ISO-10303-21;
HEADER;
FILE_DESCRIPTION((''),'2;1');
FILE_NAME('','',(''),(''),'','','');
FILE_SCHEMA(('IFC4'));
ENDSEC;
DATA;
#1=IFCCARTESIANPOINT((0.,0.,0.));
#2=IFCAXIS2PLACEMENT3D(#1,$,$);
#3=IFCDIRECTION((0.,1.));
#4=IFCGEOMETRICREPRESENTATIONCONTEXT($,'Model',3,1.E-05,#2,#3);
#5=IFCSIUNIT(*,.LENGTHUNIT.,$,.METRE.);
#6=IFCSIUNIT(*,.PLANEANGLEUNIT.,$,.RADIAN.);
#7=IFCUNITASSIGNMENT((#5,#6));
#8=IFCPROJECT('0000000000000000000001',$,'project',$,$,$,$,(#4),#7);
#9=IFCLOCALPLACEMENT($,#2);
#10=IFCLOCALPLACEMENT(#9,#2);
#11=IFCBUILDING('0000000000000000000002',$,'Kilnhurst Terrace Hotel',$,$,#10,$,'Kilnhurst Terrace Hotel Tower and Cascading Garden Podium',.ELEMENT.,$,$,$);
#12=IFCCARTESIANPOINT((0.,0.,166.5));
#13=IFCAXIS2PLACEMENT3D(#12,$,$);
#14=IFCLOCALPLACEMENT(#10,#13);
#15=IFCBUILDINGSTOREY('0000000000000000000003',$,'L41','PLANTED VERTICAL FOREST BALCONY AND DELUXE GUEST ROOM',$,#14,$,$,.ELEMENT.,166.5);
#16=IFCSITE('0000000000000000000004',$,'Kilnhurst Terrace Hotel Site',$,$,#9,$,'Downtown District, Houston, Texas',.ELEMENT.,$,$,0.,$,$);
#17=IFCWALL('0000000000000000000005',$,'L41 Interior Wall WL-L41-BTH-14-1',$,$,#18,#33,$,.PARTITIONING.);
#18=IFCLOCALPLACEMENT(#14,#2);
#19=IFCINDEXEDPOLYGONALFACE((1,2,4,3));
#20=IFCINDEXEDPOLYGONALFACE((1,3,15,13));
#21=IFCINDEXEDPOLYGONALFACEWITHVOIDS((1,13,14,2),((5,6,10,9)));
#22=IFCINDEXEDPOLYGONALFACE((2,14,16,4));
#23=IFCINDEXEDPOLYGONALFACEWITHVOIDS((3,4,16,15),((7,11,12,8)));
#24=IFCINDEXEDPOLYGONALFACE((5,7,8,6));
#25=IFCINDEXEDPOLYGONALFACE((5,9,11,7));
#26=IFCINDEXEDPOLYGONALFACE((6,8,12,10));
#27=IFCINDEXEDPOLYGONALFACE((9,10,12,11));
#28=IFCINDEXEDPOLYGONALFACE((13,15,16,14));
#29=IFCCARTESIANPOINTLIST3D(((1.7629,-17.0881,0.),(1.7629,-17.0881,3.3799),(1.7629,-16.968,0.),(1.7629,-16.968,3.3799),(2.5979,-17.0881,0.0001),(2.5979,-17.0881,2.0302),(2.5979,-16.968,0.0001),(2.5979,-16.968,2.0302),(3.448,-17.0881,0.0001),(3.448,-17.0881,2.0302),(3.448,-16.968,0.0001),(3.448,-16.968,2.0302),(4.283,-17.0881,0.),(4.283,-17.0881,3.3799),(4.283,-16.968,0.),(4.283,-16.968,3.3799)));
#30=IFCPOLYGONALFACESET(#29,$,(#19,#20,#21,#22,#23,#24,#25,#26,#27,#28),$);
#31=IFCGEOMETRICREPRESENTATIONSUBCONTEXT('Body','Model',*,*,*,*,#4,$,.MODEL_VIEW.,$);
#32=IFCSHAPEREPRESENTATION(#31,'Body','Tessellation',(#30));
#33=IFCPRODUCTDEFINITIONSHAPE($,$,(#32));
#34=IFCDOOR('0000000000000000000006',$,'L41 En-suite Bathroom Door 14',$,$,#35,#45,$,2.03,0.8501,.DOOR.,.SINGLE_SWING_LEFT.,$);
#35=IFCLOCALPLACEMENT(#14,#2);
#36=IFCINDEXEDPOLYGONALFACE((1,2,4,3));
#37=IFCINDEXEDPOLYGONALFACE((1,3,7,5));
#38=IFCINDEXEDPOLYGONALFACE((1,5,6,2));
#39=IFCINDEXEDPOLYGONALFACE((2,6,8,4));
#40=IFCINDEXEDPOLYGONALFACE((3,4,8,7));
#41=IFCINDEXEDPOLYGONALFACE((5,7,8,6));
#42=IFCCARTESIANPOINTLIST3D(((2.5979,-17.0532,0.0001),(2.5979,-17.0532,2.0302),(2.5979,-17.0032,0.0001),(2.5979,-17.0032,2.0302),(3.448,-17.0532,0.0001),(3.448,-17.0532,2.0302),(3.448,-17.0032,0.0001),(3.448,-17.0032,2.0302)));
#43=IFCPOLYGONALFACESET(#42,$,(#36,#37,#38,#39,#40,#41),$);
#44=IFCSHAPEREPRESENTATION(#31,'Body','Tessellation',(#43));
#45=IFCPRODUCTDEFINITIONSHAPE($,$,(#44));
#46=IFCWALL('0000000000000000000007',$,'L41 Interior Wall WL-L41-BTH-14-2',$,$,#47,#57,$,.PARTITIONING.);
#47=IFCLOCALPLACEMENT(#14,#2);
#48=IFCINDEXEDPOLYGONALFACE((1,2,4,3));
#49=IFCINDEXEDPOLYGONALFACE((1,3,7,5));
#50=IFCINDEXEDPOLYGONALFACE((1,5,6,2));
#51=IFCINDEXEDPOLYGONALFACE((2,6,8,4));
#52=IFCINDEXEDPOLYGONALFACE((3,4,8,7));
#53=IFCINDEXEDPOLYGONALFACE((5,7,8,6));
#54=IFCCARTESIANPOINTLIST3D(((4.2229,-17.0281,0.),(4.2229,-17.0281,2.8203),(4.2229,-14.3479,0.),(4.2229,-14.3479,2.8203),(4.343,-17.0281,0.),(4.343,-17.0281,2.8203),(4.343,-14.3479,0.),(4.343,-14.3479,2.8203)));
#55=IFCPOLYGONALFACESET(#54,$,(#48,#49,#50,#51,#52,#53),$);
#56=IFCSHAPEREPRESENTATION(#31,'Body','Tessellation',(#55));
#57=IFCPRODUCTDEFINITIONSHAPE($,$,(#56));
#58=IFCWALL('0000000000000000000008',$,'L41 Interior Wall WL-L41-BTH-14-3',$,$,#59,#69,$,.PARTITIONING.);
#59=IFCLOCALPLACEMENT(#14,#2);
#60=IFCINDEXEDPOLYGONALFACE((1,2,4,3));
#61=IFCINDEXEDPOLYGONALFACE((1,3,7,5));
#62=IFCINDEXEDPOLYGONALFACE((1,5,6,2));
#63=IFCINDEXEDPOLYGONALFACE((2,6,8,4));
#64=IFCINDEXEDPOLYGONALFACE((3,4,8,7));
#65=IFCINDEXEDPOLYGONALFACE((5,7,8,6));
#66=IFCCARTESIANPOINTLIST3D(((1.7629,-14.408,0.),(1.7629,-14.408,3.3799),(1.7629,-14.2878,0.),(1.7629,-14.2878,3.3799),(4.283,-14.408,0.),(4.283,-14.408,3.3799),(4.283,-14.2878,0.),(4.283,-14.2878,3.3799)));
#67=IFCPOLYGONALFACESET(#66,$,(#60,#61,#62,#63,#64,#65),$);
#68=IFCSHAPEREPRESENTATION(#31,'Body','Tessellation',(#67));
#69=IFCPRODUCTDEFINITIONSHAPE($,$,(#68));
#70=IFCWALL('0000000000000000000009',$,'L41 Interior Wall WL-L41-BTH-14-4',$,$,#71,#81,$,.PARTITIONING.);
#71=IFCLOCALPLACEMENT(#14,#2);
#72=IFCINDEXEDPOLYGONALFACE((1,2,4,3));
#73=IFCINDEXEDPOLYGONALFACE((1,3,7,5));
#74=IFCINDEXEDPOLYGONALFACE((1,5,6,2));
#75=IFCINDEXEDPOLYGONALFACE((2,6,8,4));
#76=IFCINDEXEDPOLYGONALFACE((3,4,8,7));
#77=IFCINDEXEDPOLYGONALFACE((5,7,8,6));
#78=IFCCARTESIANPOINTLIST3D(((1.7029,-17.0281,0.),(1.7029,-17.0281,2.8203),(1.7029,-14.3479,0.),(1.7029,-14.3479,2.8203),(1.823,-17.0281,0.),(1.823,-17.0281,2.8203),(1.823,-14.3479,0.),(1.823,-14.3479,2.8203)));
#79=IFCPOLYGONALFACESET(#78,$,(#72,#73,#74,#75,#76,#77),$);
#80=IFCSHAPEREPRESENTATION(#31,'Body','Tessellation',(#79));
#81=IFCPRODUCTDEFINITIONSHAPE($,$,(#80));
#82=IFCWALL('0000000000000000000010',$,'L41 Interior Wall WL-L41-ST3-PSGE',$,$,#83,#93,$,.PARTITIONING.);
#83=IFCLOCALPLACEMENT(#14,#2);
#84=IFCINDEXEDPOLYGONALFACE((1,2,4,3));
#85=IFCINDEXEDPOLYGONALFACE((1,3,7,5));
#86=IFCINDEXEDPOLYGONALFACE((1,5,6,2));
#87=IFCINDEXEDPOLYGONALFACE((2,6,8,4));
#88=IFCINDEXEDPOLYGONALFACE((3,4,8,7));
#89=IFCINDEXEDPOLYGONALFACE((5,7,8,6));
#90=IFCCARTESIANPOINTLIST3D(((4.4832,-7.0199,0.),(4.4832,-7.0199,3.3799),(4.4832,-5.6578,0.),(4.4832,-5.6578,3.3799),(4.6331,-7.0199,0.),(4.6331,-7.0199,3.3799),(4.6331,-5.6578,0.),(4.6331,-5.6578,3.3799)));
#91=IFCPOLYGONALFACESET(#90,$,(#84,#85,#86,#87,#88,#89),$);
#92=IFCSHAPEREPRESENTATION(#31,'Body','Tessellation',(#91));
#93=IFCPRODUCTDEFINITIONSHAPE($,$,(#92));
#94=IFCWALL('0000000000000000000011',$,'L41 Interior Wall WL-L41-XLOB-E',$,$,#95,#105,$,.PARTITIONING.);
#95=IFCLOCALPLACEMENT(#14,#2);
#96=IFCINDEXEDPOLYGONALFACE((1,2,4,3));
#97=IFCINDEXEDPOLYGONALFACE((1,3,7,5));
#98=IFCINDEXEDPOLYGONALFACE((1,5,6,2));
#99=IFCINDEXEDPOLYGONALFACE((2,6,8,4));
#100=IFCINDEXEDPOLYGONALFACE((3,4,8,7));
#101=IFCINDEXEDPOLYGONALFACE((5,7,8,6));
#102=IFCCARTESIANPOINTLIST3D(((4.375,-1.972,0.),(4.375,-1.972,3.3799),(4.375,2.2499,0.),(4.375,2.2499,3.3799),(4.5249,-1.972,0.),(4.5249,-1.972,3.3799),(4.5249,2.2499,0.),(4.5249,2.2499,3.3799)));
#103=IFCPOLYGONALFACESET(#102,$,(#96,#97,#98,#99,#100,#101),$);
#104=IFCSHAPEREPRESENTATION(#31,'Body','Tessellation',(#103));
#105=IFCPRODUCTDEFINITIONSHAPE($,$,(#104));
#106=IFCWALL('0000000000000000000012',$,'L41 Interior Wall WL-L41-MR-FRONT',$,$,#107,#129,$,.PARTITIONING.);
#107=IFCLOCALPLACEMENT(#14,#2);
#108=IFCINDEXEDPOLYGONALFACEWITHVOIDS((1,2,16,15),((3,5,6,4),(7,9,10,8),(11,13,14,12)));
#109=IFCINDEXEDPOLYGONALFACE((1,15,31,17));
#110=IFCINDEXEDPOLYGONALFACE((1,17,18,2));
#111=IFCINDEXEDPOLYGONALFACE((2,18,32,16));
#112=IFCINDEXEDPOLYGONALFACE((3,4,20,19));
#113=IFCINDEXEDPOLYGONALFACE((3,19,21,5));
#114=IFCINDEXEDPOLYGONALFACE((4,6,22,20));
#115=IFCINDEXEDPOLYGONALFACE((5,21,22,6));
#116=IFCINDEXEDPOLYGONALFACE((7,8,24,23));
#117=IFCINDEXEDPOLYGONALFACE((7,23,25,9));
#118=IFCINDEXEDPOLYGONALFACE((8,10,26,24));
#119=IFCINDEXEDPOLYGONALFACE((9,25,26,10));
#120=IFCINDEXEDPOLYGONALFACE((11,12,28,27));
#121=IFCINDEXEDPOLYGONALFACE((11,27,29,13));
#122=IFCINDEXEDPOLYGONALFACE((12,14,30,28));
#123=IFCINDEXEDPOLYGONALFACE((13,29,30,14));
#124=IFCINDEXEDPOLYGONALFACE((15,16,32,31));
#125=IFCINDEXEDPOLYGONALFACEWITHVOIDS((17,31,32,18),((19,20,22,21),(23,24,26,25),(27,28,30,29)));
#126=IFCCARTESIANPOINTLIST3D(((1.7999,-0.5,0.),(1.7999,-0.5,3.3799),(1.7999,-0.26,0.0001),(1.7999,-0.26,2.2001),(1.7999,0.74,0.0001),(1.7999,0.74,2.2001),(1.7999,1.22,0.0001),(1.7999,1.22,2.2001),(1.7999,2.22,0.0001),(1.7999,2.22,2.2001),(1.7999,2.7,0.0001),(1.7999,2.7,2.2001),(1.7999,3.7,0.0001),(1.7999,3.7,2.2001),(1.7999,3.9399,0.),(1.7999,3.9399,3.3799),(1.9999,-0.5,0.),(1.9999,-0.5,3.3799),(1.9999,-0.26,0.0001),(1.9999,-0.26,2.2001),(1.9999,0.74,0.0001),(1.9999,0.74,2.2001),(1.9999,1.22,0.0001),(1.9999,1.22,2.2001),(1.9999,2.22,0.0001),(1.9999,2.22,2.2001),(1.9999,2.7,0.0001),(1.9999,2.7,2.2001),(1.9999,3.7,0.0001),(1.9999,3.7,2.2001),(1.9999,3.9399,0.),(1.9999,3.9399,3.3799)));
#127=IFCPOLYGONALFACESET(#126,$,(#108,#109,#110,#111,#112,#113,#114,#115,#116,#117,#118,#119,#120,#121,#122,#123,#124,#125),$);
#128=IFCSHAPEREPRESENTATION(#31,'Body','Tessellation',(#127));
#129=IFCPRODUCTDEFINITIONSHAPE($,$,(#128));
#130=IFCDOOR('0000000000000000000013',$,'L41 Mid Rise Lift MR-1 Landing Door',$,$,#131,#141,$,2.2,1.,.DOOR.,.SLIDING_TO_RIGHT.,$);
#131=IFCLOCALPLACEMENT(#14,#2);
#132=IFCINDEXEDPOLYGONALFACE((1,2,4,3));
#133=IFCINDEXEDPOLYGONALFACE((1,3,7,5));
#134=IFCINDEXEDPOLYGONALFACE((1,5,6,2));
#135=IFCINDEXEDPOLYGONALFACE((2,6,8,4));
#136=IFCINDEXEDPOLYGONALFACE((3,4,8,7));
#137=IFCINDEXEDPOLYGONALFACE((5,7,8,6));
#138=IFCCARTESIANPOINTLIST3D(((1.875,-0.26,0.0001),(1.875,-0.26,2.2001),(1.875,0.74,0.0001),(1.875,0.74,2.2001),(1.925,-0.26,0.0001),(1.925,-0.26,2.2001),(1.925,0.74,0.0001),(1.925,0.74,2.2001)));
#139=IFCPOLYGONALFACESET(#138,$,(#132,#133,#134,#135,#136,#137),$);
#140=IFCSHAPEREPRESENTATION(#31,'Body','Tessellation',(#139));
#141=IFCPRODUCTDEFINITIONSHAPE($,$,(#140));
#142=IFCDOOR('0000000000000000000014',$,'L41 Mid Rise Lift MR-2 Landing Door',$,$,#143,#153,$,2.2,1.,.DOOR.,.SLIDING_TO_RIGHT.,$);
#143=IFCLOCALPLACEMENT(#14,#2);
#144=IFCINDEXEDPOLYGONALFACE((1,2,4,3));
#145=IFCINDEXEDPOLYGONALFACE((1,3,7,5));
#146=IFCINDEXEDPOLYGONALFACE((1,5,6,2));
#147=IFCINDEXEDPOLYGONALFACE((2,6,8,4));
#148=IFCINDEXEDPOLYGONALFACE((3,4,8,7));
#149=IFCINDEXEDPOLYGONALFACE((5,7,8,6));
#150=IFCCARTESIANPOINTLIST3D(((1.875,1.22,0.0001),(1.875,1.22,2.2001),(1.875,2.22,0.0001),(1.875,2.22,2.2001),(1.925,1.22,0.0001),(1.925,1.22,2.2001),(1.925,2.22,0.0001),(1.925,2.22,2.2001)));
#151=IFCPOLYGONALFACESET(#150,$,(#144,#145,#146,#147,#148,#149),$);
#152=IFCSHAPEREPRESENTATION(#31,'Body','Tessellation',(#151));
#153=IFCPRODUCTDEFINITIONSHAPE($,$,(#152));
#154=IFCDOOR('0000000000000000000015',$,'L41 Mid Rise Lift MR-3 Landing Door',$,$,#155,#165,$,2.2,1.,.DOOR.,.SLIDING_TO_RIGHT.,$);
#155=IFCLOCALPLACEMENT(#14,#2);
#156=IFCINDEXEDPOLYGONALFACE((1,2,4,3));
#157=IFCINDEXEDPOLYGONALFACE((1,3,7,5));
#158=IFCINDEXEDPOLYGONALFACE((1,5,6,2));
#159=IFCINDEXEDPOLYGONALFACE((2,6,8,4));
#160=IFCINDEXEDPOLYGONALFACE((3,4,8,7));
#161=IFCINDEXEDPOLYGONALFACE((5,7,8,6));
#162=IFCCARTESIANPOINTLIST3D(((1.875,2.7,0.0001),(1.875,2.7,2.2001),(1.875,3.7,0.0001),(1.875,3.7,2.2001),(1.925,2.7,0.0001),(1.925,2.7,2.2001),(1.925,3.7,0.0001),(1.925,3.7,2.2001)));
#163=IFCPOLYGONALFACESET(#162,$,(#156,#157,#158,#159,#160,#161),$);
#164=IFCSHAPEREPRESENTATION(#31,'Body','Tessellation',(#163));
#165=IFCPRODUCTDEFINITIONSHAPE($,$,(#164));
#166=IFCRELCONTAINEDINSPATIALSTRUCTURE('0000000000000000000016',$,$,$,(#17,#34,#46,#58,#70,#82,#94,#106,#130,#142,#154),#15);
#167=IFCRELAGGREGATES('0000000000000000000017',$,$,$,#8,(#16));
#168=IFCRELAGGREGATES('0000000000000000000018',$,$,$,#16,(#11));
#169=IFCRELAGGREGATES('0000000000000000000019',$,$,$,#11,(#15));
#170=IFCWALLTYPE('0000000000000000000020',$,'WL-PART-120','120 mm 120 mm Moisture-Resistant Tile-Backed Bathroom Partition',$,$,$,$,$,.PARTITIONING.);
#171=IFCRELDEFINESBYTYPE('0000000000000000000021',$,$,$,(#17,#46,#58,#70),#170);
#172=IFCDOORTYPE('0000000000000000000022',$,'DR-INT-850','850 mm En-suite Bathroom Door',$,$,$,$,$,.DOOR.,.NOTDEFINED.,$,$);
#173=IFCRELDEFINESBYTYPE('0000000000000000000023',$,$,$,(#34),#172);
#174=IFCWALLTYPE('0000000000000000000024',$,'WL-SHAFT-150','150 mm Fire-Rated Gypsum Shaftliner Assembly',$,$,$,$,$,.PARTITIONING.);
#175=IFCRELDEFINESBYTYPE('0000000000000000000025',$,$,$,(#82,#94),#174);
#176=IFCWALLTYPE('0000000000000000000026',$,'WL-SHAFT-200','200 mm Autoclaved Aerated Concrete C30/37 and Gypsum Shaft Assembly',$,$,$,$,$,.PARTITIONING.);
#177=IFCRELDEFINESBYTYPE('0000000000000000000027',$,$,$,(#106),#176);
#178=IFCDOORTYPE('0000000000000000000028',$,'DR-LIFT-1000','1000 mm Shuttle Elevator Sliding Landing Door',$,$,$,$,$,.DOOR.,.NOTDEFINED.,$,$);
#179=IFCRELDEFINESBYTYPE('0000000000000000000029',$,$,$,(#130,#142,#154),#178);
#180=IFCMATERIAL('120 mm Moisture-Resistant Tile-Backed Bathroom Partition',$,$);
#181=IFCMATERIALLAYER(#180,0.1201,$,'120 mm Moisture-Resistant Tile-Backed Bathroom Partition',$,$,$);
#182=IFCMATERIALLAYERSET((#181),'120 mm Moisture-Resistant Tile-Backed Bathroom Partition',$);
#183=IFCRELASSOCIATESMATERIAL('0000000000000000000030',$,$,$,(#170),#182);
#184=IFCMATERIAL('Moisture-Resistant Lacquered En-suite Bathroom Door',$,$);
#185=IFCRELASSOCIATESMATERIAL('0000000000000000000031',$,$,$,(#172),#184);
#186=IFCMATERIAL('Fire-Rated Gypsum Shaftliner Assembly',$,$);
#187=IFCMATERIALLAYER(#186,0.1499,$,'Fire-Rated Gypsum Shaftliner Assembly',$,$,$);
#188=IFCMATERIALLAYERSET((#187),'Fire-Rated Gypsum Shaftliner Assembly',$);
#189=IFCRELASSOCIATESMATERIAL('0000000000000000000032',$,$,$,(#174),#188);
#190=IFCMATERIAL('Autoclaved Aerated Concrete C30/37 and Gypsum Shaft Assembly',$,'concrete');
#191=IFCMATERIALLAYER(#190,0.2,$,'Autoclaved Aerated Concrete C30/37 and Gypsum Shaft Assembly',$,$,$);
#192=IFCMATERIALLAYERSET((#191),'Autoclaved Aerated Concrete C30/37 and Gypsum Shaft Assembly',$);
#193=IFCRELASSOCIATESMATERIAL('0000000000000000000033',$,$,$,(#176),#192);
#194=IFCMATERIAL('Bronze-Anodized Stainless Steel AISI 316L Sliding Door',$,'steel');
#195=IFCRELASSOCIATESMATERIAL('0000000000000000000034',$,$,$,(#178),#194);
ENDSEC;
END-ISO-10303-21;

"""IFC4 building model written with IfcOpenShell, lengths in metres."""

from ifc_helpers import new_model, si_unit, direction, frame, frame_2d, origin, place, context, subcontext, project, spatial, rectangle, extrude, material, layer, layer_set, type_object, element, fill, save


model = new_model("IFC4")

# Units and contexts
model_context = context("Model", 3, precision=1e-05, world=origin(), true_north=direction((0.0, 1.0)))
body_context = subcontext(model_context, "Body", "Model", "MODEL_VIEW")
ifc_project = project(units=[si_unit("LENGTHUNIT", "METRE"), si_unit("PLANEANGLEUNIT", "RADIAN")], contexts=[model_context])

# Site, building, storey
site_placement = place(None, origin())
site = spatial("IfcSite", under=ifc_project, at=site_placement, Name="Kilnhurst Terrace Hotel Site", LongName="Downtown District, Houston, Texas", CompositionType="ELEMENT", RefElevation=0.0)
building_placement = place(site_placement, origin())
building = spatial("IfcBuilding", under=site, at=building_placement, Name="Kilnhurst Terrace Hotel", LongName="Kilnhurst Terrace Hotel Tower and Cascading Garden Podium", CompositionType="ELEMENT")
storey_placement = place(building_placement, frame((0.0, 0.0, 166.5)))
storey = spatial("IfcBuildingStorey", under=building, at=storey_placement, Name="L41", Description="PLANTED VERTICAL FOREST BALCONY AND DELUXE GUEST ROOM", CompositionType="ELEMENT", Elevation=166.5)

# Shared definitions
ifc_material_1 = material(Name="120 mm Moisture-Resistant Tile-Backed Bathroom Partition")
ifc_layer_1 = layer(ifc_material_1, 0.1201, Name="120 mm Moisture-Resistant Tile-Backed Bathroom Partition")
ifc_layer_set_1 = layer_set([ifc_layer_1], Name="120 mm Moisture-Resistant Tile-Backed Bathroom Partition")
wall_type_1 = type_object("IfcWallType", Name="WL-PART-120", Description="120 mm 120 mm Moisture-Resistant Tile-Backed Bathroom Partition", PredefinedType="PARTITIONING", material=ifc_layer_set_1)

# Wall, opening, door
wall_1_placement = place(storey_placement, frame((1.7629, -17.0281, 0.0), z_axis=(0.0, 0.0, 1.0), x_axis=(1.0, 0.0, 0.0)))
wall_1 = element("IfcWall", 1, at=wall_1_placement, inside=storey, type_object=wall_type_1, Name="L41 Interior Wall WL-L41-BTH-14-1", PredefinedType="PARTITIONING", context=body_context, shape_type="SweptSolid", body=[
    extrude(rectangle(XDim=2.52, YDim=0.1201, at=frame_2d((1.26, 0.0))), origin(), (0.0, 0.0, 1.0), 3.3799),
])
opening_1_placement = place(wall_1_placement, frame((0.835, 0.0, 0.0)))
opening_1 = element("IfcOpeningElement", 2, at=opening_1_placement, cuts=wall_1, PredefinedType="OPENING", context=body_context, shape_type="SweptSolid", body=[
    extrude(rectangle(XDim=0.8501, YDim=2.03, at=frame_2d((0.425, 1.0151))), frame((0.0, 0.0701, 0.0), z_axis=(0.0, -1.0, 0.0), x_axis=(1.0, 0.0, 0.0)), (0.0, 0.0, 1.0), 0.1401),
])
ifc_material_2 = material(Name="Moisture-Resistant Lacquered En-suite Bathroom Door")
door_type_1 = type_object("IfcDoorType", Name="DR-INT-850", Description="850 mm En-suite Bathroom Door", OperationType="NOTDEFINED", PredefinedType="DOOR", material=ifc_material_2)
door_1_placement = place(opening_1_placement, origin())
door_1 = element("IfcDoor", 3, at=door_1_placement, inside=storey, type_object=door_type_1, Name="L41 En-suite Bathroom Door 14", OperationType="SINGLE_SWING_LEFT", OverallHeight=2.03, OverallWidth=0.8501, PredefinedType="DOOR", context=body_context, shape_type="SweptSolid", body=[
    extrude(rectangle(XDim=0.8501, YDim=2.03, at=frame_2d((0.425, 1.0151))), frame((0.0, 0.0249, 0.0), z_axis=(0.0, -1.0, 0.0), x_axis=(1.0, 0.0, 0.0)), (0.0, 0.0, 1.0), 0.05),
])
fill(opening_1, door_1)

# Walls
wall_2_placement = place(storey_placement, frame((4.283, -17.0281, 0.0), z_axis=(0.0, 0.0, 1.0), x_axis=(0.0, 1.0, 0.0)))
element("IfcWall", 4, at=wall_2_placement, inside=storey, type_object=wall_type_1, Name="L41 Interior Wall WL-L41-BTH-14-2", PredefinedType="PARTITIONING", context=body_context, shape_type="SweptSolid", body=[
    extrude(rectangle(XDim=2.6802, YDim=0.1201, at=frame_2d((1.3401, 0.0))), origin(), (0.0, 0.0, 1.0), 2.8203),
])
wall_3_placement = place(storey_placement, frame((4.283, -14.3479, 0.0), z_axis=(0.0, 0.0, 1.0), x_axis=(-1.0, 0.0, 0.0)))
element("IfcWall", 5, at=wall_3_placement, inside=storey, type_object=wall_type_1, Name="L41 Interior Wall WL-L41-BTH-14-3", PredefinedType="PARTITIONING", context=body_context, shape_type="SweptSolid", body=[
    extrude(rectangle(XDim=2.52, YDim=0.1201, at=frame_2d((1.26, 0.0))), origin(), (0.0, 0.0, 1.0), 3.3799),
])
wall_4_placement = place(storey_placement, frame((1.7629, -14.3479, 0.0), z_axis=(0.0, 0.0, 1.0), x_axis=(0.0, -1.0, 0.0)))
element("IfcWall", 6, at=wall_4_placement, inside=storey, type_object=wall_type_1, Name="L41 Interior Wall WL-L41-BTH-14-4", PredefinedType="PARTITIONING", context=body_context, shape_type="SweptSolid", body=[
    extrude(rectangle(XDim=2.6802, YDim=0.1201, at=frame_2d((1.3401, 0.0))), origin(), (0.0, 0.0, 1.0), 2.8203),
])
ifc_material_3 = material(Name="Fire-Rated Gypsum Shaftliner Assembly")
ifc_layer_2 = layer(ifc_material_3, 0.1499, Name="Fire-Rated Gypsum Shaftliner Assembly")
ifc_layer_set_2 = layer_set([ifc_layer_2], Name="Fire-Rated Gypsum Shaftliner Assembly")
wall_type_2 = type_object("IfcWallType", Name="WL-SHAFT-150", Description="150 mm Fire-Rated Gypsum Shaftliner Assembly", PredefinedType="PARTITIONING", material=ifc_layer_set_2)
wall_5_placement = place(storey_placement, frame((4.5581, -7.02, 0.0), z_axis=(0.0, 0.0, 1.0), x_axis=(0.0, 1.0, 0.0)))
element("IfcWall", 7, at=wall_5_placement, inside=storey, type_object=wall_type_2, Name="L41 Interior Wall WL-L41-ST3-PSGE", PredefinedType="PARTITIONING", context=body_context, shape_type="SweptSolid", body=[
    extrude(rectangle(XDim=1.3621, YDim=0.1499, at=frame_2d((0.6812, 0.0))), origin(), (0.0, 0.0, 1.0), 3.3799),
])
wall_6_placement = place(storey_placement, frame((4.45, -1.9719, 0.0), z_axis=(0.0, 0.0, 1.0), x_axis=(0.0, 1.0, 0.0)))
element("IfcWall", 8, at=wall_6_placement, inside=storey, type_object=wall_type_2, Name="L41 Interior Wall WL-L41-XLOB-E", PredefinedType="PARTITIONING", context=body_context, shape_type="SweptSolid", body=[
    extrude(rectangle(XDim=4.2219, YDim=0.1499, at=frame_2d((2.1108, 0.0))), origin(), (0.0, 0.0, 1.0), 3.3799),
])

# Wall, openings, doors
ifc_material_4 = material(Name="Autoclaved Aerated Concrete C30/37 and Gypsum Shaft Assembly", Category="concrete")
ifc_layer_3 = layer(ifc_material_4, 0.2, Name="Autoclaved Aerated Concrete C30/37 and Gypsum Shaft Assembly")
ifc_layer_set_3 = layer_set([ifc_layer_3], Name="Autoclaved Aerated Concrete C30/37 and Gypsum Shaft Assembly")
wall_type_3 = type_object("IfcWallType", Name="WL-SHAFT-200", Description="200 mm Autoclaved Aerated Concrete C30/37 and Gypsum Shaft Assembly", PredefinedType="PARTITIONING", material=ifc_layer_set_3)
wall_7_placement = place(storey_placement, frame((1.8999, -0.5, 0.0), z_axis=(0.0, 0.0, 1.0), x_axis=(0.0, 1.0, 0.0)))
wall_7 = element("IfcWall", 9, at=wall_7_placement, inside=storey, type_object=wall_type_3, Name="L41 Interior Wall WL-L41-MR-FRONT", PredefinedType="PARTITIONING", context=body_context, shape_type="SweptSolid", body=[
    extrude(rectangle(XDim=4.4399, YDim=0.2, at=frame_2d((2.22, 0.0))), origin(), (0.0, 0.0, 1.0), 3.3799),
])
opening_2_placement = place(wall_7_placement, frame((0.24, 0.0, 0.0)))
opening_2 = element("IfcOpeningElement", 10, at=opening_2_placement, cuts=wall_7, PredefinedType="OPENING", context=body_context, shape_type="SweptSolid", body=[
    extrude(rectangle(XDim=1.0, YDim=2.2, at=frame_2d((0.5, 1.1001))), frame((0.0, 0.1099, 0.0), z_axis=(0.0, -1.0, 0.0), x_axis=(1.0, 0.0, 0.0)), (0.0, 0.0, 1.0), 0.22),
])
opening_3_placement = place(wall_7_placement, frame((1.72, 0.0, 0.0)))
opening_3 = element("IfcOpeningElement", 11, at=opening_3_placement, cuts=wall_7, PredefinedType="OPENING", context=body_context, shape_type="SweptSolid", body=[
    extrude(rectangle(XDim=1.0, YDim=2.2, at=frame_2d((0.5, 1.1001))), frame((0.0, 0.1099, 0.0), z_axis=(0.0, -1.0, 0.0), x_axis=(1.0, 0.0, 0.0)), (0.0, 0.0, 1.0), 0.22),
])
opening_4_placement = place(wall_7_placement, frame((3.2, 0.0, 0.0)))
opening_4 = element("IfcOpeningElement", 12, at=opening_4_placement, cuts=wall_7, PredefinedType="OPENING", context=body_context, shape_type="SweptSolid", body=[
    extrude(rectangle(XDim=1.0, YDim=2.2, at=frame_2d((0.5, 1.1001))), frame((0.0, 0.1099, 0.0), z_axis=(0.0, -1.0, 0.0), x_axis=(1.0, 0.0, 0.0)), (0.0, 0.0, 1.0), 0.22),
])
ifc_material_5 = material(Name="Bronze-Anodized Stainless Steel AISI 316L Sliding Door", Category="steel")
door_type_2 = type_object("IfcDoorType", Name="DR-LIFT-1000", Description="1000 mm Shuttle Elevator Sliding Landing Door", OperationType="NOTDEFINED", PredefinedType="DOOR", material=ifc_material_5)
door_2_placement = place(opening_2_placement, origin())
door_2 = element("IfcDoor", 13, at=door_2_placement, inside=storey, type_object=door_type_2, Name="L41 Mid Rise Lift MR-1 Landing Door", OperationType="SLIDING_TO_RIGHT", OverallHeight=2.2, OverallWidth=1.0, PredefinedType="DOOR", context=body_context, shape_type="SweptSolid", body=[
    extrude(rectangle(XDim=1.0, YDim=2.2, at=frame_2d((0.5, 1.1001))), frame((0.0, 0.0249, 0.0), z_axis=(0.0, -1.0, 0.0), x_axis=(1.0, 0.0, 0.0)), (0.0, 0.0, 1.0), 0.05),
])
fill(opening_2, door_2)
door_3_placement = place(opening_3_placement, origin())
door_3 = element("IfcDoor", 14, at=door_3_placement, inside=storey, type_object=door_type_2, Name="L41 Mid Rise Lift MR-2 Landing Door", OperationType="SLIDING_TO_RIGHT", OverallHeight=2.2, OverallWidth=1.0, PredefinedType="DOOR", context=body_context, shape_type="SweptSolid", body=[
    extrude(rectangle(XDim=1.0, YDim=2.2, at=frame_2d((0.5, 1.1001))), frame((0.0, 0.0249, 0.0), z_axis=(0.0, -1.0, 0.0), x_axis=(1.0, 0.0, 0.0)), (0.0, 0.0, 1.0), 0.05),
])
fill(opening_3, door_3)
door_4_placement = place(opening_4_placement, origin())
door_4 = element("IfcDoor", 15, at=door_4_placement, inside=storey, type_object=door_type_2, Name="L41 Mid Rise Lift MR-3 Landing Door", OperationType="SLIDING_TO_RIGHT", OverallHeight=2.2, OverallWidth=1.0, PredefinedType="DOOR", context=body_context, shape_type="SweptSolid", body=[
    extrude(rectangle(XDim=1.0, YDim=2.2, at=frame_2d((0.5, 1.1001))), frame((0.0, 0.0249, 0.0), z_axis=(0.0, -1.0, 0.0), x_axis=(1.0, 0.0, 0.0)), (0.0, 0.0, 1.0), 0.05),
])
fill(opening_4, door_4)

save(model, "model.ifc")
